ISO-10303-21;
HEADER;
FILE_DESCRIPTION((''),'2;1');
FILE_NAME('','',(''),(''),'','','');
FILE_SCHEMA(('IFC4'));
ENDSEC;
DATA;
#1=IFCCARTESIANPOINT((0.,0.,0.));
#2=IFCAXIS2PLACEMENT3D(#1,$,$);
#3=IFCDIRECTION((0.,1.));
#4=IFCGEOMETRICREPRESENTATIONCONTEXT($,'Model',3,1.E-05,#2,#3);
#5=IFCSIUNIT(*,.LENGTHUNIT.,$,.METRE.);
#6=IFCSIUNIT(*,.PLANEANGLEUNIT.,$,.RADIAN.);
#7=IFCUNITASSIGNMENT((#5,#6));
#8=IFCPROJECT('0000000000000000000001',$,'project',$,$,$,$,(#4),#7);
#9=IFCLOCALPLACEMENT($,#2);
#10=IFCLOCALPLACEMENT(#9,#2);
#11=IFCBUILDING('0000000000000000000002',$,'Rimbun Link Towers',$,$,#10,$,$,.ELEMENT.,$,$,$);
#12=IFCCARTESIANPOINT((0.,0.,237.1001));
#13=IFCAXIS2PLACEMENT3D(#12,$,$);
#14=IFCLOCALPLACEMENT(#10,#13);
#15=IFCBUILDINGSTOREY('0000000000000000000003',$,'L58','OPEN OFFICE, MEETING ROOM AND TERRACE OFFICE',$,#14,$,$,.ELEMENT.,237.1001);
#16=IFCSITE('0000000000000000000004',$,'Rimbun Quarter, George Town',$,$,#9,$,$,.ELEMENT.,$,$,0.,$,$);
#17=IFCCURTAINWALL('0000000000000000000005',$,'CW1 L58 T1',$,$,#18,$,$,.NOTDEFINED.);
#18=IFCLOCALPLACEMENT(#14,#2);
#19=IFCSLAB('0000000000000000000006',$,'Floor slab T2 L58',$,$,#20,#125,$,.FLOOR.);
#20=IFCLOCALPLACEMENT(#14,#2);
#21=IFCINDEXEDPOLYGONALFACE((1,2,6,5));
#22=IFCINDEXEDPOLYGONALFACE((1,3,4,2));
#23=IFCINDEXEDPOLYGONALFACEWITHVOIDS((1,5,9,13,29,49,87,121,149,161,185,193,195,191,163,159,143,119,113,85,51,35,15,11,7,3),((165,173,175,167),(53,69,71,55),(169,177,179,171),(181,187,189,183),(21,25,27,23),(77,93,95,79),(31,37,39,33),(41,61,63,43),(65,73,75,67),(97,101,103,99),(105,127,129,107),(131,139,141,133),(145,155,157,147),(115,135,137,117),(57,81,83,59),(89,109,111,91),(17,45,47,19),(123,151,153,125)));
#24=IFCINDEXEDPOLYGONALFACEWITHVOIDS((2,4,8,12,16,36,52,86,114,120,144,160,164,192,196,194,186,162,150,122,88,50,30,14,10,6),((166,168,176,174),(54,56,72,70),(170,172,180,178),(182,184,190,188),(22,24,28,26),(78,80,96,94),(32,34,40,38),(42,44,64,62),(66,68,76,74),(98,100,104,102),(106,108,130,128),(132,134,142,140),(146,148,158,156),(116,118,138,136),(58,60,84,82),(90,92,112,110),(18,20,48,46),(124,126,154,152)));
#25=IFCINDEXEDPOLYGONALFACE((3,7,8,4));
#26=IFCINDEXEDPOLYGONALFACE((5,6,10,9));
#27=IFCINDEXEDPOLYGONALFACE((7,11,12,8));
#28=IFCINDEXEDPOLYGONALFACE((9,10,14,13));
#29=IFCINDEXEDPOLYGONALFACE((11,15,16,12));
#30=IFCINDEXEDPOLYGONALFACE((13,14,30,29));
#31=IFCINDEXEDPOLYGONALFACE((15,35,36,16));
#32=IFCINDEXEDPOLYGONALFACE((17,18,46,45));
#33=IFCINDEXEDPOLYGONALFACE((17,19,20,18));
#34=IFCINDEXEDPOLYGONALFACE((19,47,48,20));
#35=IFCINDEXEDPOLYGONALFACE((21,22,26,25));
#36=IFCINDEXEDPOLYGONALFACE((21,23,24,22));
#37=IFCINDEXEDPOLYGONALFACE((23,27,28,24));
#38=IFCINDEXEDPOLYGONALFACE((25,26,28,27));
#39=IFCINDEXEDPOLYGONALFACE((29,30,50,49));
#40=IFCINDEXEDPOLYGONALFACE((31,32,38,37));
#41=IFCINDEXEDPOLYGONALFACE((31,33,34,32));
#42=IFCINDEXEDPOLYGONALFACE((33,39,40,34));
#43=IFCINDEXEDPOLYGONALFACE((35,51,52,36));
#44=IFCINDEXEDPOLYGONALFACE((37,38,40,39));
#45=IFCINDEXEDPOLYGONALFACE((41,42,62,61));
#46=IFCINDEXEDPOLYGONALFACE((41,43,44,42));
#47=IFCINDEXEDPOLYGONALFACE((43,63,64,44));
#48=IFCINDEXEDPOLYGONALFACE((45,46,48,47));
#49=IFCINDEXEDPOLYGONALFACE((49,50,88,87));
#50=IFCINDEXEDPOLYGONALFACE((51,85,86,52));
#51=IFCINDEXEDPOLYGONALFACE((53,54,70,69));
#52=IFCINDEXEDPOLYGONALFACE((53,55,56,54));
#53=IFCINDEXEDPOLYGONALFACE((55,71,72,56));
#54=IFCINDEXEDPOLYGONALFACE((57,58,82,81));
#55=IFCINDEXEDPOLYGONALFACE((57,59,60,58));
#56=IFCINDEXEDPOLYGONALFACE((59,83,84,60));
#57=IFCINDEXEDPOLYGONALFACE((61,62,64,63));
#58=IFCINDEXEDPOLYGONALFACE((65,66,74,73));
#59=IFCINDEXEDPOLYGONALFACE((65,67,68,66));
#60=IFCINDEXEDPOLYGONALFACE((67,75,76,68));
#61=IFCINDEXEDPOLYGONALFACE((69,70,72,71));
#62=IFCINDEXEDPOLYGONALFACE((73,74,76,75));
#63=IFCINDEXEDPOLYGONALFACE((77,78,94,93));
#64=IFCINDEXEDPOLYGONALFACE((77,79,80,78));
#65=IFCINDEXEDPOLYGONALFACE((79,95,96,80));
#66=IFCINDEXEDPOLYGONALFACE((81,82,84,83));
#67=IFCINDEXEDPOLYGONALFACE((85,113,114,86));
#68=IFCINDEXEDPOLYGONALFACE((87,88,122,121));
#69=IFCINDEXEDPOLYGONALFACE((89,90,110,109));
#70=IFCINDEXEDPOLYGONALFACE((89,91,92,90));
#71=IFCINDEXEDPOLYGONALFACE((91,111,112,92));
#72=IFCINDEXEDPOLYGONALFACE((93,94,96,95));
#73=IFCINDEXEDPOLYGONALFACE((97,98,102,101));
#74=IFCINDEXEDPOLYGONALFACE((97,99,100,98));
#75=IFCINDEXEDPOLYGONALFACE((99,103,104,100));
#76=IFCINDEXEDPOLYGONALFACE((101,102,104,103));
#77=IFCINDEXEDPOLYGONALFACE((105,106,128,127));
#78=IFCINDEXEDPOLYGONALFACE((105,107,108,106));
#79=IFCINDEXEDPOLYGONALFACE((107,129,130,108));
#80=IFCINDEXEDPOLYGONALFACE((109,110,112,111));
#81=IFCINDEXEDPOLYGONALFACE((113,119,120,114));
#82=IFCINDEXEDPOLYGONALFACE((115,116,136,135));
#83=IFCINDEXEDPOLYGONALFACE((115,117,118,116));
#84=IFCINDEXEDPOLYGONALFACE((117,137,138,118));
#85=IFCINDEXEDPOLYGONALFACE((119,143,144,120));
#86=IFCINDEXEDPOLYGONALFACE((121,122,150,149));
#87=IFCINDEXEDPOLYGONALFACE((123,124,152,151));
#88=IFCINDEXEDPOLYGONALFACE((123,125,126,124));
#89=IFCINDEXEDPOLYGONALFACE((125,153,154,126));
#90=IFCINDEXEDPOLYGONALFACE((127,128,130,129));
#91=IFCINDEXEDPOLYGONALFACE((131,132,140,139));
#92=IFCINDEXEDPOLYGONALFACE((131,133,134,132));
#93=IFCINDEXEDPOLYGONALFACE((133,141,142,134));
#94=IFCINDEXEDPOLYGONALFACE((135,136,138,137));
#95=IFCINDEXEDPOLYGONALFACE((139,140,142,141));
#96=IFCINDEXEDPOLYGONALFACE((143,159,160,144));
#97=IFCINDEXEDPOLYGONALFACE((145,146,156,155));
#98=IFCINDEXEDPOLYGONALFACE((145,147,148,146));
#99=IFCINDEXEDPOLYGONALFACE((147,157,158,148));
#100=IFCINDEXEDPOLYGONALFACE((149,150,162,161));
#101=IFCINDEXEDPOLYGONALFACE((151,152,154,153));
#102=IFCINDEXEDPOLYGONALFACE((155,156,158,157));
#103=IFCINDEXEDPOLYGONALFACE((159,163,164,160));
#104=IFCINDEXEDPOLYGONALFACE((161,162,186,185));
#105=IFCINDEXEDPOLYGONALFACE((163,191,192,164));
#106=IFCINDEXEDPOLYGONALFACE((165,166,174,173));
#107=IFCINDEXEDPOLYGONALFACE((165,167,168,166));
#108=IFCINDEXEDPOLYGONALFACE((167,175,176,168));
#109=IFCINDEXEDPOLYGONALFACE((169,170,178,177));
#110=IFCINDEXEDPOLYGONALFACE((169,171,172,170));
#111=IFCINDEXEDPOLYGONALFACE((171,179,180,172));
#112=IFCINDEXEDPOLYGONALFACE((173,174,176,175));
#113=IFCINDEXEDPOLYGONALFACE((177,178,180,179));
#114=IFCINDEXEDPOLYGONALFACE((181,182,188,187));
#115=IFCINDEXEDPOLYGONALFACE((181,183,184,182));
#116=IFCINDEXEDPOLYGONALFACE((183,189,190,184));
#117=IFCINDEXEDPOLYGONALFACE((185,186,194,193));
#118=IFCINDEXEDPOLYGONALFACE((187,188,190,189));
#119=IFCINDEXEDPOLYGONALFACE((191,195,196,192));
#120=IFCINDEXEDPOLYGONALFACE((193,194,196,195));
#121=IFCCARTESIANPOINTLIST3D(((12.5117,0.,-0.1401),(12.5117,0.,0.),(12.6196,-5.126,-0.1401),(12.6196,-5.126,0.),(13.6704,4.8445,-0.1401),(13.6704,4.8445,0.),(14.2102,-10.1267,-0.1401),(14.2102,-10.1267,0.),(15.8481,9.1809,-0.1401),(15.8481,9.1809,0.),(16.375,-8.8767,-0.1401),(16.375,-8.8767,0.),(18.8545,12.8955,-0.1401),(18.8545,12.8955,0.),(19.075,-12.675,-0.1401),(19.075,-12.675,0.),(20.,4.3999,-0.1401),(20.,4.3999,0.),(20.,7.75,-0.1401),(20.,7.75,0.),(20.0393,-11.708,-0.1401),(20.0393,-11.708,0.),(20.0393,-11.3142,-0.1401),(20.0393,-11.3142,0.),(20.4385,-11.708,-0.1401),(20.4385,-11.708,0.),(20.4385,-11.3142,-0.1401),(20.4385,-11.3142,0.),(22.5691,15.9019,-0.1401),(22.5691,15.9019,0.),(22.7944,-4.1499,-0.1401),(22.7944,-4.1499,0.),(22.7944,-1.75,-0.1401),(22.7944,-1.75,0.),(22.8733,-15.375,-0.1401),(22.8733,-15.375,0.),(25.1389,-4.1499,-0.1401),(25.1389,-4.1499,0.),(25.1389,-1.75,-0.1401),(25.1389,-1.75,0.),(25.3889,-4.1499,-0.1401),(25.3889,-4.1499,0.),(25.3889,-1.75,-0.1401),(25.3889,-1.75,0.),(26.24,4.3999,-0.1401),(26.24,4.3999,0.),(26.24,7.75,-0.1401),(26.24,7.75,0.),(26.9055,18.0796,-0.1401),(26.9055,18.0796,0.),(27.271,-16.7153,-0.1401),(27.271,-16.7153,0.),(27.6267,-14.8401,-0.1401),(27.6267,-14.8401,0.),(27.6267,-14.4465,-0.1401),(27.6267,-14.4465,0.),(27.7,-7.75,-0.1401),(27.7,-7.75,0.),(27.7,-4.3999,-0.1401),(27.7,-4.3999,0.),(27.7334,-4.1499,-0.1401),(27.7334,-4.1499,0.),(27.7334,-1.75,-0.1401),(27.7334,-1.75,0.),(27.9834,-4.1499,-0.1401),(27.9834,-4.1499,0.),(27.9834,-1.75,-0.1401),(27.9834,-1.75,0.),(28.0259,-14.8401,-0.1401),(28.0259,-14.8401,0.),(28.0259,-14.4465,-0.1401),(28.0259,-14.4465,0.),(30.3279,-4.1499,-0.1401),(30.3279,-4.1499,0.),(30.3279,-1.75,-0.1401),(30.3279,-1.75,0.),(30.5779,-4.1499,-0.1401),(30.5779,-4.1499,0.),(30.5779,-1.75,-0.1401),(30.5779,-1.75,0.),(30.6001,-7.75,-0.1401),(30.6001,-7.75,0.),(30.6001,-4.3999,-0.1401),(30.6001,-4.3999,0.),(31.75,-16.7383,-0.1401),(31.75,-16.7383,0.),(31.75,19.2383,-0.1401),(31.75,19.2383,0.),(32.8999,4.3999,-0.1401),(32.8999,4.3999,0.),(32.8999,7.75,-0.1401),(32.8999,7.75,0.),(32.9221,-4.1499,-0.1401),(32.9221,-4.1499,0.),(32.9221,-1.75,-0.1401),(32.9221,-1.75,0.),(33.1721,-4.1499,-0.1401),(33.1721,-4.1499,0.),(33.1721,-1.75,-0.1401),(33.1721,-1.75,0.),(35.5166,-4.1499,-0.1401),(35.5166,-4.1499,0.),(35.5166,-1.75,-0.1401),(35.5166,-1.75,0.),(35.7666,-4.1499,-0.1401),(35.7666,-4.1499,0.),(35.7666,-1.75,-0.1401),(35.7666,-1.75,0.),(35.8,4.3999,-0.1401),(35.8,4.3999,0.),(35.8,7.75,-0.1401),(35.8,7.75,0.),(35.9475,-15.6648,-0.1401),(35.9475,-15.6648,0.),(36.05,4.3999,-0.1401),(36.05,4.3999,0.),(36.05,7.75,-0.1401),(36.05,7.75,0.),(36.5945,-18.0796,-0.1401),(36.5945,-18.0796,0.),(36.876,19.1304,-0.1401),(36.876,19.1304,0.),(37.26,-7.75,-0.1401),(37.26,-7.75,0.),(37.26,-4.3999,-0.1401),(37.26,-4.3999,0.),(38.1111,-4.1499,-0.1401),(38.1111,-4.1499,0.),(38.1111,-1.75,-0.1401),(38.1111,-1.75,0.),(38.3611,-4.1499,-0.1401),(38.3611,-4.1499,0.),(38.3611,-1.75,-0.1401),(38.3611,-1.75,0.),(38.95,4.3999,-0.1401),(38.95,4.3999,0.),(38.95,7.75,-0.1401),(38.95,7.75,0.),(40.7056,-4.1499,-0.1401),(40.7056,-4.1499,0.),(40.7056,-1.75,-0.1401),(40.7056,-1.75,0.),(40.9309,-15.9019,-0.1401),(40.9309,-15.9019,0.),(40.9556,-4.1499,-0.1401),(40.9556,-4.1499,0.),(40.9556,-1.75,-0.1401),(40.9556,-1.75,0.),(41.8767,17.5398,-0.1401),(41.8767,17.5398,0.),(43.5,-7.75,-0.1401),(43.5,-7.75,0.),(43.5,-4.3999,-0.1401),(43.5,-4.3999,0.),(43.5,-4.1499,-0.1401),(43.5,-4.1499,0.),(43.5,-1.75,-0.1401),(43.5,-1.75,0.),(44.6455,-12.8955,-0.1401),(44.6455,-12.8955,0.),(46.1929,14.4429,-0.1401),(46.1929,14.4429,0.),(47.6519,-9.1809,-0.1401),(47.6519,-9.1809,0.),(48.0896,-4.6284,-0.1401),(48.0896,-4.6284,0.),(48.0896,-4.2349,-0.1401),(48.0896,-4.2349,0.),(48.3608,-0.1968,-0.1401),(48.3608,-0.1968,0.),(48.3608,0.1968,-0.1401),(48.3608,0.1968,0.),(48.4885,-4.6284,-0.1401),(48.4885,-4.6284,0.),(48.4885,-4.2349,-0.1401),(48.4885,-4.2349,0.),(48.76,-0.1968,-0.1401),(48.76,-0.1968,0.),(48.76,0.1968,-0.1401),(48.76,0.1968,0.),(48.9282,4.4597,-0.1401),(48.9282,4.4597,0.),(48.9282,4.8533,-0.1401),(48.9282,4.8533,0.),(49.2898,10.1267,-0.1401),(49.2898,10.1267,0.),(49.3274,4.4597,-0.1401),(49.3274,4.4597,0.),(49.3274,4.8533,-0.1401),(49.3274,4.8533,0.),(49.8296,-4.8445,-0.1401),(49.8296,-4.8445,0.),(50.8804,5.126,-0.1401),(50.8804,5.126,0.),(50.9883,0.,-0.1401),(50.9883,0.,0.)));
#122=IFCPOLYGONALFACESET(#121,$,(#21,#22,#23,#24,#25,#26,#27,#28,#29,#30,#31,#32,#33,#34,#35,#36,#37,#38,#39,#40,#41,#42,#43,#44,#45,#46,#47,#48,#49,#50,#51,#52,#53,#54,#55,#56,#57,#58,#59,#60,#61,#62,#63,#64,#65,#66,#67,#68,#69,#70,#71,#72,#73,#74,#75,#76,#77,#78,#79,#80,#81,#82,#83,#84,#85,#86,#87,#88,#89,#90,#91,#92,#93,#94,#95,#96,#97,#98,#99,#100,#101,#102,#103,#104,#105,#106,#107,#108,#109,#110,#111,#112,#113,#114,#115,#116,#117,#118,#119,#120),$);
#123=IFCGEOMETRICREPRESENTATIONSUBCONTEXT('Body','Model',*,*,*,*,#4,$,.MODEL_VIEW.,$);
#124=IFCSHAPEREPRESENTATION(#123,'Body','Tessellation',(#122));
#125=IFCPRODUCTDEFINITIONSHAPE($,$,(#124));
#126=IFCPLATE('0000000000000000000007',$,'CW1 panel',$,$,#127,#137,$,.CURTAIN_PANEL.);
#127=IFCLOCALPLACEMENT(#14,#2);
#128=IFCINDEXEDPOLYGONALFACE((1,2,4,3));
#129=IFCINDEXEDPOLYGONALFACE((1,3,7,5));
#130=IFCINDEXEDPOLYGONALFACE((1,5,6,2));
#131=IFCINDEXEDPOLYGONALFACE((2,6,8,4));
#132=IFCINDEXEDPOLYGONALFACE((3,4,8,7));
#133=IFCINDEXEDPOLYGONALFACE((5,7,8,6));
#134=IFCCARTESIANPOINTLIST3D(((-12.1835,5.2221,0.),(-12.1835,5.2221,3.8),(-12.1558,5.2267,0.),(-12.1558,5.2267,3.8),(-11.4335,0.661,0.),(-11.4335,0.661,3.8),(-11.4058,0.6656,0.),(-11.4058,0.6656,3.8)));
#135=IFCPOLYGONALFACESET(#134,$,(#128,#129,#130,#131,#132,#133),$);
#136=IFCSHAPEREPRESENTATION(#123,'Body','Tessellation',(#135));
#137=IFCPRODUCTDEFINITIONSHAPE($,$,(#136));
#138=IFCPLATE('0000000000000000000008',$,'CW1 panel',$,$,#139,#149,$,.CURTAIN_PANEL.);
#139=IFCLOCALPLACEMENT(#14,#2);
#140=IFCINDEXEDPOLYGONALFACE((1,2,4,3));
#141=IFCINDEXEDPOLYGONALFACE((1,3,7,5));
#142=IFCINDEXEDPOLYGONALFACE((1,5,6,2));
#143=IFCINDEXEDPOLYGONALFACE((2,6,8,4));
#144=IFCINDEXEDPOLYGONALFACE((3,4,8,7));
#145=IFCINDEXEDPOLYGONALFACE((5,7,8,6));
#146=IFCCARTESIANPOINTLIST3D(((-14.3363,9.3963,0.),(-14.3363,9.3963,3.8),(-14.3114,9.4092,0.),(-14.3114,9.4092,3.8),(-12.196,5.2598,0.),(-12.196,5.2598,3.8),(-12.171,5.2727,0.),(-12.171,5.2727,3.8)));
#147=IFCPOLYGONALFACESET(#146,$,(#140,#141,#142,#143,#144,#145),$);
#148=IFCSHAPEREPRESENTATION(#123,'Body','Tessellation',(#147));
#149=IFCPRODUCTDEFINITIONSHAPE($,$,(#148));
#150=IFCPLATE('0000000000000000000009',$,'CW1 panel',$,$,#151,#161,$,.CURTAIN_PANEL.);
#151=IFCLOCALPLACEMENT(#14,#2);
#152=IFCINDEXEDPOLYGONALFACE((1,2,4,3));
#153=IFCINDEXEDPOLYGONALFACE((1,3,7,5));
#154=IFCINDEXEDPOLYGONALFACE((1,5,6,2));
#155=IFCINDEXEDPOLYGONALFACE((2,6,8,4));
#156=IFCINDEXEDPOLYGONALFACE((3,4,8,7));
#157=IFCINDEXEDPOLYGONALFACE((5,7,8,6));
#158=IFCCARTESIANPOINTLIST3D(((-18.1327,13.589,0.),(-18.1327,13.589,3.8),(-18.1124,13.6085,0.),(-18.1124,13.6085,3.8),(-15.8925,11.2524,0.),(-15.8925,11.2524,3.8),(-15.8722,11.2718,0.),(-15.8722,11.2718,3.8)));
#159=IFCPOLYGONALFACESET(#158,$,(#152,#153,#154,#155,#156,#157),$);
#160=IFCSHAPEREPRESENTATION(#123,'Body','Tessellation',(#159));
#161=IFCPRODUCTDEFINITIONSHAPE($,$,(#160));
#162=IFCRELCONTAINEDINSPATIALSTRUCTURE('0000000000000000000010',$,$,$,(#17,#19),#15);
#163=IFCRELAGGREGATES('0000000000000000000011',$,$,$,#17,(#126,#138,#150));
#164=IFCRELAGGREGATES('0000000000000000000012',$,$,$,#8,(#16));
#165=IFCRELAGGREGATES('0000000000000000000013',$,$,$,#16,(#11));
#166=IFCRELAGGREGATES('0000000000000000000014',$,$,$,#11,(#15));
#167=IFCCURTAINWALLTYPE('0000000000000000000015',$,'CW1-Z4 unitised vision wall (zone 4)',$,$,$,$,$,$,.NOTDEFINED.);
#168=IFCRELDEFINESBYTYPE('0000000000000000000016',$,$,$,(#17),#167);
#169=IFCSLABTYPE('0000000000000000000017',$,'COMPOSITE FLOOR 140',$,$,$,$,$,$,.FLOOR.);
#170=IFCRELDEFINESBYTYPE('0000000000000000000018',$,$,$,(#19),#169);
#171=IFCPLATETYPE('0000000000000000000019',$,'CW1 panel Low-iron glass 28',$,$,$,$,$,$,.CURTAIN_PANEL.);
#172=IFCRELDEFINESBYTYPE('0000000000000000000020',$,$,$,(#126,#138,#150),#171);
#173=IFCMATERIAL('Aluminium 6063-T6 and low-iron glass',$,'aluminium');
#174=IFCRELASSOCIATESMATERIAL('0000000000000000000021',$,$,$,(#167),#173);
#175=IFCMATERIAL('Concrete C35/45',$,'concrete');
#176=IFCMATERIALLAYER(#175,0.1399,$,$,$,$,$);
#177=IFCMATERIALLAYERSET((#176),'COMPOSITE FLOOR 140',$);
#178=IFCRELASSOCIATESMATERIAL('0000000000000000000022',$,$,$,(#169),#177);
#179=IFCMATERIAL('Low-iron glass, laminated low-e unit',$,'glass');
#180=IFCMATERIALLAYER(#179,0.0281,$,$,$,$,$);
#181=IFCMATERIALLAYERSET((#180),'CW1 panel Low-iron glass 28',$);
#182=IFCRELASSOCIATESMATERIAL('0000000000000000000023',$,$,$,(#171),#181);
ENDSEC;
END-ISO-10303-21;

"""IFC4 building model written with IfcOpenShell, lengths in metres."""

from ifc_helpers import new_model, si_unit, direction, frame, origin, origin_2d, place, context, subcontext, project, spatial, polyline, rectangle, outline, extrude, material, layer, layer_set, type_object, element, aggregate, save


model = new_model("IFC4")

# Units and contexts
model_context = context("Model", 3, precision=1e-05, world=origin(), true_north=direction((0.0, 1.0)))
body_context = subcontext(model_context, "Body", "Model", "MODEL_VIEW")
ifc_project = project(units=[si_unit("LENGTHUNIT", "METRE"), si_unit("PLANEANGLEUNIT", "RADIAN")], contexts=[model_context])

# Site, building, storey
site_placement = place(None, origin())
site = spatial("IfcSite", under=ifc_project, at=site_placement, Name="Rimbun Quarter, George Town", CompositionType="ELEMENT", RefElevation=0.0)
building_placement = place(site_placement, origin())
building = spatial("IfcBuilding", under=site, at=building_placement, Name="Rimbun Link Towers", CompositionType="ELEMENT")
storey_placement = place(building_placement, frame((0.0, 0.0, 237.1001)))
storey = spatial("IfcBuildingStorey", under=building, at=storey_placement, Name="L58", Description="OPEN OFFICE, MEETING ROOM AND TERRACE OFFICE", CompositionType="ELEMENT", Elevation=237.1001)

# Curtain wall
ifc_material_1 = material(Name="Aluminium 6063-T6 and low-iron glass", Category="aluminium")
curtain_wall_type = type_object("IfcCurtainWallType", Name="CW1-Z4 unitised vision wall (zone 4)", PredefinedType="NOTDEFINED", material=ifc_material_1)
curtain_wall_placement = place(storey_placement, origin())
curtain_wall = element("IfcCurtainWall", 1, at=curtain_wall_placement, inside=storey, type_object=curtain_wall_type, Name="CW1 L58 T1", PredefinedType="NOTDEFINED")

# Slab
ifc_material_2 = material(Name="Concrete C35/45", Category="concrete")
ifc_layer_1 = layer(ifc_material_2, 0.1399)
ifc_layer_set_1 = layer_set([ifc_layer_1], Name="COMPOSITE FLOOR 140")
slab_type = type_object("IfcSlabType", Name="COMPOSITE FLOOR 140", PredefinedType="FLOOR", material=ifc_layer_set_1)
slab_placement = place(storey_placement, frame((0.0, 0.0, -0.1401)))
element("IfcSlab", 2, at=slab_placement, inside=storey, type_object=slab_type, Name="Floor slab T2 L58", PredefinedType="FLOOR", context=body_context, shape_type="SweptSolid", body=[
    extrude(outline(polyline([(12.6196, -5.126), (12.5117, 0.0), (13.6704, 4.8445), (15.8481, 9.1809), (18.8545, 12.8955), (22.5691, 15.9019), (26.9055, 18.0796), (31.75, 19.2383), (36.876, 19.1304), (41.8767, 17.5398), (46.1929, 14.4429), (49.2898, 10.1267), (50.8804, 5.126), (50.9883, 0.0), (49.8296, -4.8445), (47.6519, -9.1809), (44.6455, -12.8955), (40.9309, -15.9019), (36.5945, -18.0796), (35.9475, -15.6648), (31.75, -16.7383), (27.271, -16.7153), (22.8733, -15.375), (19.075, -12.675), (16.375, -8.8767), (14.2102, -10.1267), (12.6196, -5.126)]), holes=[polyline([(28.0259, -14.8401), (28.0259, -14.4465), (27.6267, -14.4465), (27.6267, -14.8401), (28.0259, -14.8401)]), polyline([(20.4385, -11.708), (20.4385, -11.3142), (20.0393, -11.3142), (20.0393, -11.708), (20.4385, -11.708)]), polyline([(30.6001, -7.75), (30.6001, -4.3999), (27.7, -4.3999), (27.7, -7.75), (30.6001, -7.75)]), polyline([(25.1389, -4.1499), (25.1389, -1.75), (22.7944, -1.75), (22.7944, -4.1499), (25.1389, -4.1499)]), polyline([(27.7334, -4.1499), (27.7334, -1.75), (25.3889, -1.75), (25.3889, -4.1499), (27.7334, -4.1499)]), polyline([(30.3279, -4.1499), (30.3279, -1.75), (27.9834, -1.75), (27.9834, -4.1499), (30.3279, -4.1499)]), polyline([(32.9221, -4.1499), (32.9221, -1.75), (30.5779, -1.75), (30.5779, -4.1499), (32.9221, -4.1499)]), polyline([(33.1721, -4.1499), (35.5166, -4.1499), (35.5166, -1.75), (33.1721, -1.75), (33.1721, -4.1499)]), polyline([(20.0, 4.3999), (26.24, 4.3999), (26.24, 7.75), (20.0, 7.75), (20.0, 4.3999)]), polyline([(43.5, -7.75), (43.5, -4.3999), (37.26, -4.3999), (37.26, -7.75), (43.5, -7.75)]), polyline([(48.4885, -4.6284), (48.4885, -4.2349), (48.0896, -4.2349), (48.0896, -4.6284), (48.4885, -4.6284)]), polyline([(38.1111, -4.1499), (38.1111, -1.75), (35.7666, -1.75), (35.7666, -4.1499), (38.1111, -4.1499)]), polyline([(40.7056, -4.1499), (40.7056, -1.75), (38.3611, -1.75), (38.3611, -4.1499), (40.7056, -4.1499)]), polyline([(43.5, -4.1499), (43.5, -1.75), (40.9556, -1.75), (40.9556, -4.1499), (43.5, -4.1499)]), polyline([(48.76, -0.1968), (48.76, 0.1968), (48.3608, 0.1968), (48.3608, -0.1968), (48.76, -0.1968)]), polyline([(49.3274, 4.4597), (49.3274, 4.8533), (48.9282, 4.8533), (48.9282, 4.4597), (49.3274, 4.4597)]), polyline([(32.8999, 4.3999), (35.8, 4.3999), (35.8, 7.75), (32.8999, 7.75), (32.8999, 4.3999)]), polyline([(36.05, 4.3999), (38.95, 4.3999), (38.95, 7.75), (36.05, 7.75), (36.05, 4.3999)])]), origin(), (0.0, 0.0, 1.0), 0.1401),
])

# Plates
ifc_material_3 = material(Name="Low-iron glass, laminated low-e unit", Category="glass")
ifc_layer_2 = layer(ifc_material_3, 0.0281)
ifc_layer_set_2 = layer_set([ifc_layer_2], Name="CW1 panel Low-iron glass 28")
plate_type = type_object("IfcPlateType", Name="CW1 panel Low-iron glass 28", PredefinedType="CURTAIN_PANEL", material=ifc_layer_set_2)
plate_1_placement = place(storey_placement, frame((-11.7947, 2.9438, 0.0), z_axis=(0.0, 0.0, 1.0), x_axis=(0.162262, -0.986748, 0.0)))
plate_1 = element("IfcPlate", 3, at=plate_1_placement, type_object=plate_type, Name="CW1 panel", PredefinedType="CURTAIN_PANEL", context=body_context, shape_type="SweptSolid", body=[
    extrude(rectangle(XDim=4.6223, YDim=0.0281, at=origin_2d()), origin(), (0.0, 0.0, 1.0), 3.8),
])
plate_2_placement = place(storey_placement, frame((-13.2537, 7.3345, 0.0), z_axis=(0.0, 0.0, 1.0), x_axis=(0.45955, -0.888152, 0.0)))
plate_2 = element("IfcPlate", 4, at=plate_2_placement, type_object=plate_type, Name="CW1 panel", PredefinedType="CURTAIN_PANEL", context=body_context, shape_type="SweptSolid", body=[
    extrude(rectangle(XDim=4.6575, YDim=0.0281, at=origin_2d()), origin(), (0.0, 0.0, 1.0), 3.8),
])
plate_3_placement = place(storey_placement, frame((-17.0024, 12.4304, 0.0), z_axis=(0.0, 0.0, 1.0), x_axis=(0.692058, -0.721842, 0.0)))
plate_3 = element("IfcPlate", 5, at=plate_3_placement, type_object=plate_type, Name="CW1 panel", PredefinedType="CURTAIN_PANEL", context=body_context, shape_type="SweptSolid", body=[
    extrude(rectangle(XDim=3.2371, YDim=0.0281, at=origin_2d()), origin(), (0.0, 0.0, 1.0), 3.8),
])
aggregate(curtain_wall, [plate_1, plate_2, plate_3])

save(model, "model.ifc")
